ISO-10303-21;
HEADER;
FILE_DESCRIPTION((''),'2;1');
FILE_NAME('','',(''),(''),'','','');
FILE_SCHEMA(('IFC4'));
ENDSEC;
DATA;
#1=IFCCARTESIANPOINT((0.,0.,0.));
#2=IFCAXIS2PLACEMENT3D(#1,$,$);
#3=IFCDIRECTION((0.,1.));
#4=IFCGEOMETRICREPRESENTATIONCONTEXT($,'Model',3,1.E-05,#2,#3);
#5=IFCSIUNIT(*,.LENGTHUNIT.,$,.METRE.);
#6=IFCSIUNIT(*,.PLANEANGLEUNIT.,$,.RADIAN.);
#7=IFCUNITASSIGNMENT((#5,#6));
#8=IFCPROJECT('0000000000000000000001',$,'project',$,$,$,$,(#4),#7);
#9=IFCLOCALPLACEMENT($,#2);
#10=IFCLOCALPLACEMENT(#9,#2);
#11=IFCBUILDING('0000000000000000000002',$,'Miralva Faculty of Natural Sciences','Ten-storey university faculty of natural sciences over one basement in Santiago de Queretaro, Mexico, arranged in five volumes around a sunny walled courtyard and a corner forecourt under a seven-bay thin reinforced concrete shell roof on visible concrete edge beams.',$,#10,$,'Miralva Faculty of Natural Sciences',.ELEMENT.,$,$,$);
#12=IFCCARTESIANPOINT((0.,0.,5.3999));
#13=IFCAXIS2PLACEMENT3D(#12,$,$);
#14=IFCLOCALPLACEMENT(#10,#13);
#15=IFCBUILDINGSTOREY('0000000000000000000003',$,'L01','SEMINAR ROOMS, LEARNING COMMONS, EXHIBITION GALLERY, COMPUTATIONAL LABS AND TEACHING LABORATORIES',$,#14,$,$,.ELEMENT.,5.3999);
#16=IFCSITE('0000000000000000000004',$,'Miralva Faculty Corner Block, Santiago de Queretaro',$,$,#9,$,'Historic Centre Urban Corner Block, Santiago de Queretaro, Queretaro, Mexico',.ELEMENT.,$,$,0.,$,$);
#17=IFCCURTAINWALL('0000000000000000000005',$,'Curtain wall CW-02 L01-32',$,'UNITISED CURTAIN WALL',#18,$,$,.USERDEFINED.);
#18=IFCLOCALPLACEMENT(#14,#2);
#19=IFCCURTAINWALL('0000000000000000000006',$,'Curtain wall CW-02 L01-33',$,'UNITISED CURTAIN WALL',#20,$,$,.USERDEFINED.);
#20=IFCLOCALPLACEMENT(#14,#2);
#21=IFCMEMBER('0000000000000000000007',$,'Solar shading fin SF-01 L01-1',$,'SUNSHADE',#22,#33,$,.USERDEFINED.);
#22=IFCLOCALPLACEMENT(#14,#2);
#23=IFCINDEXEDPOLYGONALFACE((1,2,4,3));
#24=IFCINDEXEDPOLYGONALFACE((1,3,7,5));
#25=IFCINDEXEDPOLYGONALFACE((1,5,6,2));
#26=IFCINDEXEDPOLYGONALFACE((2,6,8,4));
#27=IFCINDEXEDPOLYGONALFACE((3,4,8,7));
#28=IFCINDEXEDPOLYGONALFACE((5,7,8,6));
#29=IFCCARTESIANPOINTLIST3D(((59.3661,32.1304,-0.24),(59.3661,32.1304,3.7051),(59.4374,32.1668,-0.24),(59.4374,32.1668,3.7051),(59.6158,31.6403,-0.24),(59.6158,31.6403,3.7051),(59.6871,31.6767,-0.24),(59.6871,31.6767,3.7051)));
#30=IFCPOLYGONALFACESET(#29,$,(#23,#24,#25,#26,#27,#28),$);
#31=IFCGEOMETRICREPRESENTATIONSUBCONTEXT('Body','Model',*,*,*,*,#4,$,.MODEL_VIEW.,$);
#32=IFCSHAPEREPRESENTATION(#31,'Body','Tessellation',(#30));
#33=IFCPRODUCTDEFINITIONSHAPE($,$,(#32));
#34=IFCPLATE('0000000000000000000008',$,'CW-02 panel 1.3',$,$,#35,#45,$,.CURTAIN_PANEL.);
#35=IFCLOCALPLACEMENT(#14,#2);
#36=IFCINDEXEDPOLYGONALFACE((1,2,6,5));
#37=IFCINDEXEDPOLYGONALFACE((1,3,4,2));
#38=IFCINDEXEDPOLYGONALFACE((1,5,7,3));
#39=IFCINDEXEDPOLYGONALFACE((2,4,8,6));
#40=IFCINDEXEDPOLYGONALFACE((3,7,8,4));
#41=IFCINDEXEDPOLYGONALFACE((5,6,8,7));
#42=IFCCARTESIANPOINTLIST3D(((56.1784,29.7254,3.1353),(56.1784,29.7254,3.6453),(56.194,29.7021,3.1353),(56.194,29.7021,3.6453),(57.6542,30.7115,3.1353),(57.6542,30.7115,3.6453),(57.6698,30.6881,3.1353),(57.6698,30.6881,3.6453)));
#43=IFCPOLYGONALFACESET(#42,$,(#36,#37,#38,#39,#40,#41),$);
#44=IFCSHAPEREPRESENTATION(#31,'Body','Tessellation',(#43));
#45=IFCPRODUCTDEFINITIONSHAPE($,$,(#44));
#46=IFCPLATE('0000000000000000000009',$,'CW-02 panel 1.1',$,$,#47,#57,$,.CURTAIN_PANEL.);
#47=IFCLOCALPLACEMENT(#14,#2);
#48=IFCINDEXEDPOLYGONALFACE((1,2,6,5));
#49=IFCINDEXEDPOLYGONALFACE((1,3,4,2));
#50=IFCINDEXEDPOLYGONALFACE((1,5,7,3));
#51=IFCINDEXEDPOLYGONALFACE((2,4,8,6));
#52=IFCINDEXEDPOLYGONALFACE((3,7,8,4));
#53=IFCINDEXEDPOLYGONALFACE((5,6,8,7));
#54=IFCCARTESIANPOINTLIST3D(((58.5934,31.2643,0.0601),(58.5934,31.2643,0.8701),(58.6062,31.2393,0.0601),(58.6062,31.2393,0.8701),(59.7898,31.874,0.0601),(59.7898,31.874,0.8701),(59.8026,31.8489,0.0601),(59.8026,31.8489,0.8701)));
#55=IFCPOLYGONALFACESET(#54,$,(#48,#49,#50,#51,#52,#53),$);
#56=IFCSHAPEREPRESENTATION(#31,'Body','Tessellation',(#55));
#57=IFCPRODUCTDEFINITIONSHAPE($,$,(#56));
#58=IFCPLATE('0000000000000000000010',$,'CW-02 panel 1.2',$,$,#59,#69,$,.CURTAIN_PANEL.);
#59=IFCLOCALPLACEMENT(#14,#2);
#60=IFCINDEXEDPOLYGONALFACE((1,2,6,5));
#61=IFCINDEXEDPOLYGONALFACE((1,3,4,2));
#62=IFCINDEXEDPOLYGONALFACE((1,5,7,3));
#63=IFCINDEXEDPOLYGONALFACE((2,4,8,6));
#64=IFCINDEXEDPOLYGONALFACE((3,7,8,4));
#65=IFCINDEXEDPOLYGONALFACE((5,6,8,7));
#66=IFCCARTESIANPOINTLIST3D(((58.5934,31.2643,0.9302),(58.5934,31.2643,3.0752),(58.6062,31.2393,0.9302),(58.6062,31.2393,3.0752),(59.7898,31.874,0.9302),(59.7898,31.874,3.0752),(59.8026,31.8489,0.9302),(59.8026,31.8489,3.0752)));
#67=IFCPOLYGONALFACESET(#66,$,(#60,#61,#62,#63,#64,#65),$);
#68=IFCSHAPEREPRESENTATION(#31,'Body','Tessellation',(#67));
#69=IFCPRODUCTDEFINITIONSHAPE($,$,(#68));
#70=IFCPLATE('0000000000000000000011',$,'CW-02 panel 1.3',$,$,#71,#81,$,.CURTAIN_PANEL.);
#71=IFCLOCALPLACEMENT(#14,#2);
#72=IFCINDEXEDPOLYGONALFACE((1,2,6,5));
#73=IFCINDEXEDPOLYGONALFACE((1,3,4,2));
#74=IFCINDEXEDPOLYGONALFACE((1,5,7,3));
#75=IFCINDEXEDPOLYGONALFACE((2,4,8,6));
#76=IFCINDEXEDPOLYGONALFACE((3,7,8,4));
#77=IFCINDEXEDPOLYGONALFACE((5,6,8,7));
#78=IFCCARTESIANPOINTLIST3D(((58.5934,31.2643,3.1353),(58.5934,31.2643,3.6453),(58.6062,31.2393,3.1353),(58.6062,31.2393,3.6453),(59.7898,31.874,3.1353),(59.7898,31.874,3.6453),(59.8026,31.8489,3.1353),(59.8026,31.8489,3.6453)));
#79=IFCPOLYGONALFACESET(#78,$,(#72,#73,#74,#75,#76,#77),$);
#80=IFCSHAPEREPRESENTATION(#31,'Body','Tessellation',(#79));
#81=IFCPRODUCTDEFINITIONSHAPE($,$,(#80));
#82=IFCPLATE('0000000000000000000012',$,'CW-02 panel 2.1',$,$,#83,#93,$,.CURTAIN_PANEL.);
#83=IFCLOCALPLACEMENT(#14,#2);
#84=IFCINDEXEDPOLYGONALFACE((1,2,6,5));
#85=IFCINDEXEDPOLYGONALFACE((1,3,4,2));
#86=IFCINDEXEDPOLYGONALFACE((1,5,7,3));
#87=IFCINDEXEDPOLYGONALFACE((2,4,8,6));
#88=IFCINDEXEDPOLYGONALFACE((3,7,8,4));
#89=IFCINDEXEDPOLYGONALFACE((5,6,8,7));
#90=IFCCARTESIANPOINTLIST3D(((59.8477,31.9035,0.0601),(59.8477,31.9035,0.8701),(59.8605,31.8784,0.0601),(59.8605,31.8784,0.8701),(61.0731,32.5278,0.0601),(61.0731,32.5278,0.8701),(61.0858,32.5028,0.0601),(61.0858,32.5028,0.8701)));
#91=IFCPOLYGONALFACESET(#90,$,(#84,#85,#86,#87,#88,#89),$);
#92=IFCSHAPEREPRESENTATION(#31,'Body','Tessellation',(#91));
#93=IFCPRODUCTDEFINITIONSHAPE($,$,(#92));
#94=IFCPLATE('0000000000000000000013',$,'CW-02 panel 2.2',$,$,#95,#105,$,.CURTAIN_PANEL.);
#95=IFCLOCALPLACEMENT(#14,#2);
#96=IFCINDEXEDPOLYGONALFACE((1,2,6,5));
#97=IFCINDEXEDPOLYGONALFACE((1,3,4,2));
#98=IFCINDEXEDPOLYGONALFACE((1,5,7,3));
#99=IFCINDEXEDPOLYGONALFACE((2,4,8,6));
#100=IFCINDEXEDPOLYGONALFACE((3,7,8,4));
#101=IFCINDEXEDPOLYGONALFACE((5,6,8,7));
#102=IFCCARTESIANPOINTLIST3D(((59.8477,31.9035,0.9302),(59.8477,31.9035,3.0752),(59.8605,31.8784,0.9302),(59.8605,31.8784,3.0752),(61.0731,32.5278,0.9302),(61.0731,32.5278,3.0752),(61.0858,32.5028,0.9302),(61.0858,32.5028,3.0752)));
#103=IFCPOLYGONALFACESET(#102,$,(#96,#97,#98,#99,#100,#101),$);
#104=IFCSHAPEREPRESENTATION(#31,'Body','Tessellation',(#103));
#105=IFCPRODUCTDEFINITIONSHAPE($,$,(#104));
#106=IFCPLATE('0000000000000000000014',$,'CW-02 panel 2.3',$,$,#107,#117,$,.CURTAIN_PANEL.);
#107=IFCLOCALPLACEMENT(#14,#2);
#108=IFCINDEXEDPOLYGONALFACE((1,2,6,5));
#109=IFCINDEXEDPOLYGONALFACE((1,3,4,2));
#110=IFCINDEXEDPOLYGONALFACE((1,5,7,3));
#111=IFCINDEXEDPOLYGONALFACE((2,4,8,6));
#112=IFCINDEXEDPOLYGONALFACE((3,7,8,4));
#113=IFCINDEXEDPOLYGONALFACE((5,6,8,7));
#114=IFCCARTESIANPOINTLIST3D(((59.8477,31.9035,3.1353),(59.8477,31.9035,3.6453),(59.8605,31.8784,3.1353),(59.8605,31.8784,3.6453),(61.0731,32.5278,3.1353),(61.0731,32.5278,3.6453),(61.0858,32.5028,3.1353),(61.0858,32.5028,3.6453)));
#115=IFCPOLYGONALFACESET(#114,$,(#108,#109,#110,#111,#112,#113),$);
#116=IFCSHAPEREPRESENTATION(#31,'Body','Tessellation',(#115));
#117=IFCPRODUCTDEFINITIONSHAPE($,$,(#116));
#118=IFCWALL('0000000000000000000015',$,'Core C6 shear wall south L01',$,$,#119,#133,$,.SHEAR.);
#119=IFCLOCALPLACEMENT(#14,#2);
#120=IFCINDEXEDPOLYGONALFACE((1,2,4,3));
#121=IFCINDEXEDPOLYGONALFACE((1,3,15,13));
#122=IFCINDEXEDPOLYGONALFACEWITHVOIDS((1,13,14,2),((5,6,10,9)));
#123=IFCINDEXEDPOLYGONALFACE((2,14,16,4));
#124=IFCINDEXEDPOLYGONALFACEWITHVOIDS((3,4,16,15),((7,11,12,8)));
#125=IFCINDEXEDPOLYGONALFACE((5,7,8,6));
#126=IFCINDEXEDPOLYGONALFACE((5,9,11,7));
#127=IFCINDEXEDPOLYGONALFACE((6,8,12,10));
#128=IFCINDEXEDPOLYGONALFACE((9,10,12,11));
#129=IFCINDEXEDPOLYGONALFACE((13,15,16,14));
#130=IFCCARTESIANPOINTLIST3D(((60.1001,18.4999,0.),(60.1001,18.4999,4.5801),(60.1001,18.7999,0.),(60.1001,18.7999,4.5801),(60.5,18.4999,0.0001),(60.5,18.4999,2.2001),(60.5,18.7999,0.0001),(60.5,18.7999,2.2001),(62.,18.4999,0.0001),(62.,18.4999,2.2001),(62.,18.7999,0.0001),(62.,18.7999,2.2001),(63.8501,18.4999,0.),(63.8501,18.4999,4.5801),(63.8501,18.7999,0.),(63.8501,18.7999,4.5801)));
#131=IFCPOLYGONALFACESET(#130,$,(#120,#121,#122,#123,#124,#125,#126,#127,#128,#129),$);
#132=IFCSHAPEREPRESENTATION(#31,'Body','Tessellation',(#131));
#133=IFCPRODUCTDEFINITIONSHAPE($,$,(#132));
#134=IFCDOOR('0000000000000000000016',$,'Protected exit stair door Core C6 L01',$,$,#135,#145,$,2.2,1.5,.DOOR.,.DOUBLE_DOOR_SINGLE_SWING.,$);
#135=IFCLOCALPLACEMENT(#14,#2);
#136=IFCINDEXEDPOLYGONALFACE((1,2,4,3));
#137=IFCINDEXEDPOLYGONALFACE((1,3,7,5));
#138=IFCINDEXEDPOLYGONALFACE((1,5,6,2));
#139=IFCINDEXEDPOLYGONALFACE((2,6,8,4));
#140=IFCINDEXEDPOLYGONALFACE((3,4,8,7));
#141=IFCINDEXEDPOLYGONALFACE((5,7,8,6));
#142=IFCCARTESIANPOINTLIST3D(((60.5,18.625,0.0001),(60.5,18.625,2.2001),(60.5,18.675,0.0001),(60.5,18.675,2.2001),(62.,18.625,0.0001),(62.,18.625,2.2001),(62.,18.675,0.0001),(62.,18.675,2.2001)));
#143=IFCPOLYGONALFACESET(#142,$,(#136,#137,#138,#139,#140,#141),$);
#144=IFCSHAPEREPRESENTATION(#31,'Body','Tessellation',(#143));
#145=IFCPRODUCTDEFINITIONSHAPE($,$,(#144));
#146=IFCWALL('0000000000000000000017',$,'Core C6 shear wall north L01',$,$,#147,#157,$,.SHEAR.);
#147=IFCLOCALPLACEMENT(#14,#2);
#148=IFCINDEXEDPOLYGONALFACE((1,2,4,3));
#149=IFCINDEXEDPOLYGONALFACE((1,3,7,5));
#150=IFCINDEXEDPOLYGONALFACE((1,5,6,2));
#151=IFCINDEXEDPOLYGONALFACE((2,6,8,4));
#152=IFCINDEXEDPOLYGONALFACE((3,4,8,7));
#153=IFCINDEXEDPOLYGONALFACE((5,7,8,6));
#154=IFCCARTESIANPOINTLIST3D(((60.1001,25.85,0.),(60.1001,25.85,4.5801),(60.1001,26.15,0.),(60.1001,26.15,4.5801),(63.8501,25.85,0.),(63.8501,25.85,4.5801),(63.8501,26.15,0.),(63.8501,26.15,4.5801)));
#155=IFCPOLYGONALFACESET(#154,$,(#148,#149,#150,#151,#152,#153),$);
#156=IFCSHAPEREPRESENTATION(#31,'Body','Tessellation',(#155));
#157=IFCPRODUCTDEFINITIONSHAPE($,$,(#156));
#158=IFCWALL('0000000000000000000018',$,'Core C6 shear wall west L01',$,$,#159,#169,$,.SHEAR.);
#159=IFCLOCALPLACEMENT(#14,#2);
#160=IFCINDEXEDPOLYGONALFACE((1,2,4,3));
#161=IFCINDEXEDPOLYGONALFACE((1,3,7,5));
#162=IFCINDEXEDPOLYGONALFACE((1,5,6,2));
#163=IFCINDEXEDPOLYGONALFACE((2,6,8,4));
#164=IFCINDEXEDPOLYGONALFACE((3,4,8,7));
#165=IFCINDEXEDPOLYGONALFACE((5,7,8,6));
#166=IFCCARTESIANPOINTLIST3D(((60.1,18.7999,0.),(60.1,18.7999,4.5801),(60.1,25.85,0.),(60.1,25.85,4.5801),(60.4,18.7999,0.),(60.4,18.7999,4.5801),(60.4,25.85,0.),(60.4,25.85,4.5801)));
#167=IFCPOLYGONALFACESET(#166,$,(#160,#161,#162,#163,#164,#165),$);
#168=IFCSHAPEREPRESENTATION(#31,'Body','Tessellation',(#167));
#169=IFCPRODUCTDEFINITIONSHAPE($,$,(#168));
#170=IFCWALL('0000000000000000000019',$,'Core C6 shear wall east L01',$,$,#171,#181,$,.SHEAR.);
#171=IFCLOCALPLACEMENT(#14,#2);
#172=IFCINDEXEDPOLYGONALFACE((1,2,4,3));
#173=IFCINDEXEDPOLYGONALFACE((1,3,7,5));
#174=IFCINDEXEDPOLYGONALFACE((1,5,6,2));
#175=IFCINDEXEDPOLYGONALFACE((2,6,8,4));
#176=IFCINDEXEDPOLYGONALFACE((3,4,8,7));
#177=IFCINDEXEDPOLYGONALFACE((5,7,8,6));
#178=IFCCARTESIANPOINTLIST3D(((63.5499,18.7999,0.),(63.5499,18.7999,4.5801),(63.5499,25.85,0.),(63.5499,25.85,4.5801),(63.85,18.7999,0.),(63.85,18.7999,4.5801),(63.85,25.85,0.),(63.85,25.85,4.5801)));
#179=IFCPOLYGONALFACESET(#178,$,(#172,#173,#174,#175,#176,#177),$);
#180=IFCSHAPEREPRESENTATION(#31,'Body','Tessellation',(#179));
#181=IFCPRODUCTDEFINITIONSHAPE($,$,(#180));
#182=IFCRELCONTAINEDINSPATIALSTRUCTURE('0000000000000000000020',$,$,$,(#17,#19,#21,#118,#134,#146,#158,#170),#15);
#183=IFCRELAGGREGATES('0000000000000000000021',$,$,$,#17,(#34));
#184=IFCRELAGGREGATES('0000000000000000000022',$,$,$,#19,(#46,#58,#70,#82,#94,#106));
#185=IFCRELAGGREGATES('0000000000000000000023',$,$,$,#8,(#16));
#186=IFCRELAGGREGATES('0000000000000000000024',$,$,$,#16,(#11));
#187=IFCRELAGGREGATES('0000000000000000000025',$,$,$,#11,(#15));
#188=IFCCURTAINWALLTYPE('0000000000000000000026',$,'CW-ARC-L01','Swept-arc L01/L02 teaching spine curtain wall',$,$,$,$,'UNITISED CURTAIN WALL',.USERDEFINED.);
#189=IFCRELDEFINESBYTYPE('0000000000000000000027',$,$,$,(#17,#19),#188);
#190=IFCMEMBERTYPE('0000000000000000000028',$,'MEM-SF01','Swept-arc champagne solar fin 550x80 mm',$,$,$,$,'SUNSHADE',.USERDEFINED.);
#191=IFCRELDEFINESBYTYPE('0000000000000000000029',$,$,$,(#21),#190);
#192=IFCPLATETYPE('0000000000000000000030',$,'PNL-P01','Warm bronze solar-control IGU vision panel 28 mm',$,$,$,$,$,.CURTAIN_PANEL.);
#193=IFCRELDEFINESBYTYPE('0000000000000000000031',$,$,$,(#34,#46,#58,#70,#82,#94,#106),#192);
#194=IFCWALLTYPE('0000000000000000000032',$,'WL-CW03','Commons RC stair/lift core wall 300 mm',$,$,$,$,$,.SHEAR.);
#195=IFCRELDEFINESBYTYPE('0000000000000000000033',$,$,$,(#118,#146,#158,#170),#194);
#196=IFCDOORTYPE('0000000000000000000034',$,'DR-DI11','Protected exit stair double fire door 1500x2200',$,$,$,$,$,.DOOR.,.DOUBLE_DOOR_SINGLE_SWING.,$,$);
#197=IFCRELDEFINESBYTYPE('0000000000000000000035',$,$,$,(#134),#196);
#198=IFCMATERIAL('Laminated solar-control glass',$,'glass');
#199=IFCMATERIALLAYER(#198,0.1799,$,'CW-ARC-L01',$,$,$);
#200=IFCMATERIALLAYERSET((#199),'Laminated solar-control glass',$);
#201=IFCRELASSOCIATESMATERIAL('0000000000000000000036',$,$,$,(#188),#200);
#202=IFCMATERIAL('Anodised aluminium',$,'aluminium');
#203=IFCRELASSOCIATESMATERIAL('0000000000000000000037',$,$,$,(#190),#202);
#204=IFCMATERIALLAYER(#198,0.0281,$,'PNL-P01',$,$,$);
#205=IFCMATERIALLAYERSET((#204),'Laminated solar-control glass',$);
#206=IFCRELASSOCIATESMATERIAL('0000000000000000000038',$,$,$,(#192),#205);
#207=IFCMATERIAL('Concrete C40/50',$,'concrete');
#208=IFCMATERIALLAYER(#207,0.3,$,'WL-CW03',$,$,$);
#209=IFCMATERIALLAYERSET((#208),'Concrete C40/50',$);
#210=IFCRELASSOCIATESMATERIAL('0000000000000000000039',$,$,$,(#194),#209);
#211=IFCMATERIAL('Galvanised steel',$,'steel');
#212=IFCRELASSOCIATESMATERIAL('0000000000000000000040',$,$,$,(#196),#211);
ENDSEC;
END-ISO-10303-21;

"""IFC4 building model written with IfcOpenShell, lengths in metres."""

from ifc_helpers import new_model, si_unit, direction, frame, frame_2d, origin, origin_2d, place, context, subcontext, project, spatial, rectangle, extrude, material, layer, layer_set, material_profile, profile_set, type_object, element, fill, aggregate, save


model = new_model("IFC4")

# Units and contexts
model_context = context("Model", 3, precision=1e-05, world=origin(), true_north=direction((0.0, 1.0)))
body_context = subcontext(model_context, "Body", "Model", "MODEL_VIEW")
ifc_project = project(units=[si_unit("LENGTHUNIT", "METRE"), si_unit("PLANEANGLEUNIT", "RADIAN")], contexts=[model_context])

# Site, building, storey
site_placement = place(None, origin())
site = spatial("IfcSite", under=ifc_project, at=site_placement, Name="Miralva Faculty Corner Block, Santiago de Queretaro", LongName="Historic Centre Urban Corner Block, Santiago de Queretaro, Queretaro, Mexico", CompositionType="ELEMENT", RefElevation=0.0)
building_placement = place(site_placement, origin())
building = spatial("IfcBuilding", under=site, at=building_placement, Name="Miralva Faculty of Natural Sciences", Description="Ten-storey university faculty of natural sciences over one basement in Santiago de Queretaro, Mexico, arranged in five volumes around a sunny walled courtyard and a corner forecourt under a seven-bay thin reinforced concrete shell roof on visible concrete edge beams.", LongName="Miralva Faculty of Natural Sciences", CompositionType="ELEMENT")
storey_placement = place(building_placement, frame((0.0, 0.0, 5.3999)))
storey = spatial("IfcBuildingStorey", under=building, at=storey_placement, Name="L01", Description="SEMINAR ROOMS, LEARNING COMMONS, EXHIBITION GALLERY, COMPUTATIONAL LABS AND TEACHING LABORATORIES", CompositionType="ELEMENT", Elevation=5.3999)

# Shared definitions
ifc_material_1 = material(Name="Concrete C40/50", Category="concrete")

# Curtain wall
ifc_material_2 = material(Name="Laminated solar-control glass", Category="glass")
ifc_layer_1 = layer(ifc_material_2, 0.1799, Name="CW-ARC-L01")
ifc_layer_set_1 = layer_set([ifc_layer_1], Name="Laminated solar-control glass")
curtain_wall_type = type_object("IfcCurtainWallType", Name="CW-ARC-L01", Description="Swept-arc L01/L02 teaching spine curtain wall", ElementType="UNITISED CURTAIN WALL", PredefinedType="USERDEFINED", material=ifc_layer_set_1)
curtain_wall_1_placement = place(storey_placement, origin())
curtain_wall_1 = element("IfcCurtainWall", 1, at=curtain_wall_1_placement, inside=storey, type_object=curtain_wall_type, Name="Curtain wall CW-02 L01-32", ObjectType="UNITISED CURTAIN WALL", PredefinedType="USERDEFINED")
ifc_material_3 = material(Name="Anodised aluminium", Category="aluminium")

# Curtain wall
curtain_wall_2_placement = place(storey_placement, origin())
curtain_wall_2 = element("IfcCurtainWall", 2, at=curtain_wall_2_placement, inside=storey, type_object=curtain_wall_type, Name="Curtain wall CW-02 L01-33", ObjectType="UNITISED CURTAIN WALL", PredefinedType="USERDEFINED")

# Member
ifc_material_profile_1 = material_profile(ifc_material_3, rectangle(XDim=0.0801, YDim=0.55, at=origin_2d()), Name="FIN 550x80")
ifc_profile_set_1 = profile_set([ifc_material_profile_1], Name="Anodised aluminium")
member_type_1 = type_object("IfcMemberType", Name="MEM-SF01", Description="Swept-arc champagne solar fin 550x80 mm", ElementType="SUNSHADE", PredefinedType="USERDEFINED", material=ifc_profile_set_1)
member_1_placement = place(storey_placement, frame((59.5266, 31.9036, -0.24), z_axis=(0.0, 0.0, 1.0), x_axis=(-0.891007, -0.45399, 0.0)))
element("IfcMember", 3, at=member_1_placement, inside=storey, type_object=member_type_1, Name="Solar shading fin SF-01 L01-1", ObjectType="SUNSHADE", PredefinedType="USERDEFINED", context=body_context, shape_type="SweptSolid", body=[
    extrude(rectangle(XDim=0.0801, YDim=0.55, at=origin_2d()), origin(), (0.0, 0.0, 1.0), 3.9451),
])

# Plates
ifc_layer_2 = layer(ifc_material_2, 0.0281, Name="PNL-P01")
ifc_layer_set_2 = layer_set([ifc_layer_2], Name="Laminated solar-control glass")
plate_type = type_object("IfcPlateType", Name="PNL-P01", Description="Warm bronze solar-control IGU vision panel 28 mm", PredefinedType="CURTAIN_PANEL", material=ifc_layer_set_2)
plate_1_placement = place(storey_placement, frame((56.9241, 30.2068, 3.1353), z_axis=(0.0, 0.0, 1.0), x_axis=(0.831476, 0.55556, 0.0)))
plate_1 = element("IfcPlate", 4, at=plate_1_placement, type_object=plate_type, Name="CW-02 panel 1.3", PredefinedType="CURTAIN_PANEL", context=body_context, shape_type="SweptSolid", body=[
    extrude(rectangle(XDim=1.7749, YDim=0.0281, at=origin_2d()), origin(), (0.0, 0.0, 1.0), 0.51),
])
aggregate(curtain_wall_1, [plate_1])
plate_2_placement = place(storey_placement, frame((59.198, 31.5566, 0.0601), z_axis=(0.0, 0.0, 1.0), x_axis=(0.891004, 0.453995, 0.0)))
plate_2 = element("IfcPlate", 5, at=plate_2_placement, type_object=plate_type, Name="CW-02 panel 1.1", PredefinedType="CURTAIN_PANEL", context=body_context, shape_type="SweptSolid", body=[
    extrude(rectangle(XDim=1.3428, YDim=0.0281, at=origin_2d()), origin(), (0.0, 0.0, 1.0), 0.8101),
])
plate_3_placement = place(storey_placement, frame((59.198, 31.5566, 0.9302), z_axis=(0.0, 0.0, 1.0), x_axis=(0.891004, 0.453995, 0.0)))
plate_3 = element("IfcPlate", 6, at=plate_3_placement, type_object=plate_type, Name="CW-02 panel 1.2", PredefinedType="CURTAIN_PANEL", context=body_context, shape_type="SweptSolid", body=[
    extrude(rectangle(XDim=1.3428, YDim=0.0281, at=origin_2d()), origin(), (0.0, 0.0, 1.0), 2.145),
])
plate_4_placement = place(storey_placement, frame((59.198, 31.5566, 3.1353), z_axis=(0.0, 0.0, 1.0), x_axis=(0.891004, 0.453995, 0.0)))
plate_4 = element("IfcPlate", 7, at=plate_4_placement, type_object=plate_type, Name="CW-02 panel 1.3", PredefinedType="CURTAIN_PANEL", context=body_context, shape_type="SweptSolid", body=[
    extrude(rectangle(XDim=1.3428, YDim=0.0281, at=origin_2d()), origin(), (0.0, 0.0, 1.0), 0.51),
])
plate_5_placement = place(storey_placement, frame((60.4668, 32.2031, 0.0601), z_axis=(0.0, 0.0, 1.0), x_axis=(0.891004, 0.453995, 0.0)))
plate_5 = element("IfcPlate", 8, at=plate_5_placement, type_object=plate_type, Name="CW-02 panel 2.1", PredefinedType="CURTAIN_PANEL", context=body_context, shape_type="SweptSolid", body=[
    extrude(rectangle(XDim=1.3752, YDim=0.0281, at=origin_2d()), origin(), (0.0, 0.0, 1.0), 0.8101),
])
plate_6_placement = place(storey_placement, frame((60.4668, 32.2031, 0.9302), z_axis=(0.0, 0.0, 1.0), x_axis=(0.891004, 0.453995, 0.0)))
plate_6 = element("IfcPlate", 9, at=plate_6_placement, type_object=plate_type, Name="CW-02 panel 2.2", PredefinedType="CURTAIN_PANEL", context=body_context, shape_type="SweptSolid", body=[
    extrude(rectangle(XDim=1.3752, YDim=0.0281, at=origin_2d()), origin(), (0.0, 0.0, 1.0), 2.145),
])
plate_7_placement = place(storey_placement, frame((60.4668, 32.2031, 3.1353), z_axis=(0.0, 0.0, 1.0), x_axis=(0.891004, 0.453995, 0.0)))
plate_7 = element("IfcPlate", 10, at=plate_7_placement, type_object=plate_type, Name="CW-02 panel 2.3", PredefinedType="CURTAIN_PANEL", context=body_context, shape_type="SweptSolid", body=[
    extrude(rectangle(XDim=1.3752, YDim=0.0281, at=origin_2d()), origin(), (0.0, 0.0, 1.0), 0.51),
])
aggregate(curtain_wall_2, [plate_2, plate_3, plate_4, plate_5, plate_6, plate_7])

# Wall, opening, door
ifc_layer_3 = layer(ifc_material_1, 0.3, Name="WL-CW03")
ifc_layer_set_3 = layer_set([ifc_layer_3], Name="Concrete C40/50")
wall_type = type_object("IfcWallType", Name="WL-CW03", Description="Commons RC stair/lift core wall 300 mm", PredefinedType="SHEAR", material=ifc_layer_set_3)
wall_1_placement = place(storey_placement, frame((60.1001, 18.6499, 0.0), z_axis=(0.0, 0.0, 1.0), x_axis=(1.0, 0.0, 0.0)))
wall_1 = element("IfcWall", 11, at=wall_1_placement, inside=storey, type_object=wall_type, Name="Core C6 shear wall south L01", PredefinedType="SHEAR", context=body_context, shape_type="SweptSolid", body=[
    extrude(rectangle(XDim=3.75, YDim=0.3, at=frame_2d((1.875, 0.0))), origin(), (0.0, 0.0, 1.0), 4.5801),
])
opening_placement = place(wall_1_placement, frame((0.3999, 0.0, 0.0)))
opening = element("IfcOpeningElement", 12, at=opening_placement, cuts=wall_1, PredefinedType="OPENING", context=body_context, shape_type="SweptSolid", body=[
    extrude(rectangle(XDim=1.5, YDim=2.2, at=frame_2d((0.75, 1.1001))), frame((0.0, 0.1599, 0.0), z_axis=(0.0, -1.0, 0.0), x_axis=(1.0, 0.0, 0.0)), (0.0, 0.0, 1.0), 0.3201),
])
ifc_material_4 = material(Name="Galvanised steel", Category="steel")
door_type = type_object("IfcDoorType", Name="DR-DI11", Description="Protected exit stair double fire door 1500x2200", OperationType="DOUBLE_DOOR_SINGLE_SWING", PredefinedType="DOOR", material=ifc_material_4)
door_placement = place(opening_placement, frame((1.5, 0.0, 0.0), z_axis=(0.0, 0.0, 1.0), x_axis=(-1.0, 0.0, 0.0)))
door = element("IfcDoor", 13, at=door_placement, inside=storey, type_object=door_type, Name="Protected exit stair door Core C6 L01", OperationType="DOUBLE_DOOR_SINGLE_SWING", OverallHeight=2.2, OverallWidth=1.5, PredefinedType="DOOR", context=body_context, shape_type="SweptSolid", body=[
    extrude(rectangle(XDim=1.5, YDim=2.2, at=frame_2d((0.75, 1.1001))), frame((0.0, 0.0249, 0.0), z_axis=(0.0, -1.0, 0.0), x_axis=(1.0, 0.0, 0.0)), (0.0, 0.0, 1.0), 0.05),
])
fill(opening, door)

# Walls
wall_2_placement = place(storey_placement, frame((60.1001, 26.0, 0.0), z_axis=(0.0, 0.0, 1.0), x_axis=(1.0, 0.0, 0.0)))
element("IfcWall", 14, at=wall_2_placement, inside=storey, type_object=wall_type, Name="Core C6 shear wall north L01", PredefinedType="SHEAR", context=body_context, shape_type="SweptSolid", body=[
    extrude(rectangle(XDim=3.75, YDim=0.3, at=frame_2d((1.875, 0.0))), origin(), (0.0, 0.0, 1.0), 4.5801),
])
for number, where, z_axis, x_axis, name in (
    (15, (60.25, 18.8, 0.0), (0.0, 0.0, 1.0), (0.0, 1.0, 0.0), "Core C6 shear wall west L01"),
    (16, (63.7, 18.8, 0.0), (0.0, 0.0, 1.0), (0.0, 1.0, 0.0), "Core C6 shear wall east L01"),
):
    element("IfcWall", number, at=place(storey_placement, frame(where, z_axis=z_axis, x_axis=x_axis)), inside=storey, type_object=wall_type, Name=name, PredefinedType="SHEAR", context=body_context, shape_type="SweptSolid", body=[
        extrude(rectangle(XDim=7.05, YDim=0.3, at=frame_2d((3.5249, 0.0))), origin(), (0.0, 0.0, 1.0), 4.5801),
    ])

save(model, "model.ifc")
